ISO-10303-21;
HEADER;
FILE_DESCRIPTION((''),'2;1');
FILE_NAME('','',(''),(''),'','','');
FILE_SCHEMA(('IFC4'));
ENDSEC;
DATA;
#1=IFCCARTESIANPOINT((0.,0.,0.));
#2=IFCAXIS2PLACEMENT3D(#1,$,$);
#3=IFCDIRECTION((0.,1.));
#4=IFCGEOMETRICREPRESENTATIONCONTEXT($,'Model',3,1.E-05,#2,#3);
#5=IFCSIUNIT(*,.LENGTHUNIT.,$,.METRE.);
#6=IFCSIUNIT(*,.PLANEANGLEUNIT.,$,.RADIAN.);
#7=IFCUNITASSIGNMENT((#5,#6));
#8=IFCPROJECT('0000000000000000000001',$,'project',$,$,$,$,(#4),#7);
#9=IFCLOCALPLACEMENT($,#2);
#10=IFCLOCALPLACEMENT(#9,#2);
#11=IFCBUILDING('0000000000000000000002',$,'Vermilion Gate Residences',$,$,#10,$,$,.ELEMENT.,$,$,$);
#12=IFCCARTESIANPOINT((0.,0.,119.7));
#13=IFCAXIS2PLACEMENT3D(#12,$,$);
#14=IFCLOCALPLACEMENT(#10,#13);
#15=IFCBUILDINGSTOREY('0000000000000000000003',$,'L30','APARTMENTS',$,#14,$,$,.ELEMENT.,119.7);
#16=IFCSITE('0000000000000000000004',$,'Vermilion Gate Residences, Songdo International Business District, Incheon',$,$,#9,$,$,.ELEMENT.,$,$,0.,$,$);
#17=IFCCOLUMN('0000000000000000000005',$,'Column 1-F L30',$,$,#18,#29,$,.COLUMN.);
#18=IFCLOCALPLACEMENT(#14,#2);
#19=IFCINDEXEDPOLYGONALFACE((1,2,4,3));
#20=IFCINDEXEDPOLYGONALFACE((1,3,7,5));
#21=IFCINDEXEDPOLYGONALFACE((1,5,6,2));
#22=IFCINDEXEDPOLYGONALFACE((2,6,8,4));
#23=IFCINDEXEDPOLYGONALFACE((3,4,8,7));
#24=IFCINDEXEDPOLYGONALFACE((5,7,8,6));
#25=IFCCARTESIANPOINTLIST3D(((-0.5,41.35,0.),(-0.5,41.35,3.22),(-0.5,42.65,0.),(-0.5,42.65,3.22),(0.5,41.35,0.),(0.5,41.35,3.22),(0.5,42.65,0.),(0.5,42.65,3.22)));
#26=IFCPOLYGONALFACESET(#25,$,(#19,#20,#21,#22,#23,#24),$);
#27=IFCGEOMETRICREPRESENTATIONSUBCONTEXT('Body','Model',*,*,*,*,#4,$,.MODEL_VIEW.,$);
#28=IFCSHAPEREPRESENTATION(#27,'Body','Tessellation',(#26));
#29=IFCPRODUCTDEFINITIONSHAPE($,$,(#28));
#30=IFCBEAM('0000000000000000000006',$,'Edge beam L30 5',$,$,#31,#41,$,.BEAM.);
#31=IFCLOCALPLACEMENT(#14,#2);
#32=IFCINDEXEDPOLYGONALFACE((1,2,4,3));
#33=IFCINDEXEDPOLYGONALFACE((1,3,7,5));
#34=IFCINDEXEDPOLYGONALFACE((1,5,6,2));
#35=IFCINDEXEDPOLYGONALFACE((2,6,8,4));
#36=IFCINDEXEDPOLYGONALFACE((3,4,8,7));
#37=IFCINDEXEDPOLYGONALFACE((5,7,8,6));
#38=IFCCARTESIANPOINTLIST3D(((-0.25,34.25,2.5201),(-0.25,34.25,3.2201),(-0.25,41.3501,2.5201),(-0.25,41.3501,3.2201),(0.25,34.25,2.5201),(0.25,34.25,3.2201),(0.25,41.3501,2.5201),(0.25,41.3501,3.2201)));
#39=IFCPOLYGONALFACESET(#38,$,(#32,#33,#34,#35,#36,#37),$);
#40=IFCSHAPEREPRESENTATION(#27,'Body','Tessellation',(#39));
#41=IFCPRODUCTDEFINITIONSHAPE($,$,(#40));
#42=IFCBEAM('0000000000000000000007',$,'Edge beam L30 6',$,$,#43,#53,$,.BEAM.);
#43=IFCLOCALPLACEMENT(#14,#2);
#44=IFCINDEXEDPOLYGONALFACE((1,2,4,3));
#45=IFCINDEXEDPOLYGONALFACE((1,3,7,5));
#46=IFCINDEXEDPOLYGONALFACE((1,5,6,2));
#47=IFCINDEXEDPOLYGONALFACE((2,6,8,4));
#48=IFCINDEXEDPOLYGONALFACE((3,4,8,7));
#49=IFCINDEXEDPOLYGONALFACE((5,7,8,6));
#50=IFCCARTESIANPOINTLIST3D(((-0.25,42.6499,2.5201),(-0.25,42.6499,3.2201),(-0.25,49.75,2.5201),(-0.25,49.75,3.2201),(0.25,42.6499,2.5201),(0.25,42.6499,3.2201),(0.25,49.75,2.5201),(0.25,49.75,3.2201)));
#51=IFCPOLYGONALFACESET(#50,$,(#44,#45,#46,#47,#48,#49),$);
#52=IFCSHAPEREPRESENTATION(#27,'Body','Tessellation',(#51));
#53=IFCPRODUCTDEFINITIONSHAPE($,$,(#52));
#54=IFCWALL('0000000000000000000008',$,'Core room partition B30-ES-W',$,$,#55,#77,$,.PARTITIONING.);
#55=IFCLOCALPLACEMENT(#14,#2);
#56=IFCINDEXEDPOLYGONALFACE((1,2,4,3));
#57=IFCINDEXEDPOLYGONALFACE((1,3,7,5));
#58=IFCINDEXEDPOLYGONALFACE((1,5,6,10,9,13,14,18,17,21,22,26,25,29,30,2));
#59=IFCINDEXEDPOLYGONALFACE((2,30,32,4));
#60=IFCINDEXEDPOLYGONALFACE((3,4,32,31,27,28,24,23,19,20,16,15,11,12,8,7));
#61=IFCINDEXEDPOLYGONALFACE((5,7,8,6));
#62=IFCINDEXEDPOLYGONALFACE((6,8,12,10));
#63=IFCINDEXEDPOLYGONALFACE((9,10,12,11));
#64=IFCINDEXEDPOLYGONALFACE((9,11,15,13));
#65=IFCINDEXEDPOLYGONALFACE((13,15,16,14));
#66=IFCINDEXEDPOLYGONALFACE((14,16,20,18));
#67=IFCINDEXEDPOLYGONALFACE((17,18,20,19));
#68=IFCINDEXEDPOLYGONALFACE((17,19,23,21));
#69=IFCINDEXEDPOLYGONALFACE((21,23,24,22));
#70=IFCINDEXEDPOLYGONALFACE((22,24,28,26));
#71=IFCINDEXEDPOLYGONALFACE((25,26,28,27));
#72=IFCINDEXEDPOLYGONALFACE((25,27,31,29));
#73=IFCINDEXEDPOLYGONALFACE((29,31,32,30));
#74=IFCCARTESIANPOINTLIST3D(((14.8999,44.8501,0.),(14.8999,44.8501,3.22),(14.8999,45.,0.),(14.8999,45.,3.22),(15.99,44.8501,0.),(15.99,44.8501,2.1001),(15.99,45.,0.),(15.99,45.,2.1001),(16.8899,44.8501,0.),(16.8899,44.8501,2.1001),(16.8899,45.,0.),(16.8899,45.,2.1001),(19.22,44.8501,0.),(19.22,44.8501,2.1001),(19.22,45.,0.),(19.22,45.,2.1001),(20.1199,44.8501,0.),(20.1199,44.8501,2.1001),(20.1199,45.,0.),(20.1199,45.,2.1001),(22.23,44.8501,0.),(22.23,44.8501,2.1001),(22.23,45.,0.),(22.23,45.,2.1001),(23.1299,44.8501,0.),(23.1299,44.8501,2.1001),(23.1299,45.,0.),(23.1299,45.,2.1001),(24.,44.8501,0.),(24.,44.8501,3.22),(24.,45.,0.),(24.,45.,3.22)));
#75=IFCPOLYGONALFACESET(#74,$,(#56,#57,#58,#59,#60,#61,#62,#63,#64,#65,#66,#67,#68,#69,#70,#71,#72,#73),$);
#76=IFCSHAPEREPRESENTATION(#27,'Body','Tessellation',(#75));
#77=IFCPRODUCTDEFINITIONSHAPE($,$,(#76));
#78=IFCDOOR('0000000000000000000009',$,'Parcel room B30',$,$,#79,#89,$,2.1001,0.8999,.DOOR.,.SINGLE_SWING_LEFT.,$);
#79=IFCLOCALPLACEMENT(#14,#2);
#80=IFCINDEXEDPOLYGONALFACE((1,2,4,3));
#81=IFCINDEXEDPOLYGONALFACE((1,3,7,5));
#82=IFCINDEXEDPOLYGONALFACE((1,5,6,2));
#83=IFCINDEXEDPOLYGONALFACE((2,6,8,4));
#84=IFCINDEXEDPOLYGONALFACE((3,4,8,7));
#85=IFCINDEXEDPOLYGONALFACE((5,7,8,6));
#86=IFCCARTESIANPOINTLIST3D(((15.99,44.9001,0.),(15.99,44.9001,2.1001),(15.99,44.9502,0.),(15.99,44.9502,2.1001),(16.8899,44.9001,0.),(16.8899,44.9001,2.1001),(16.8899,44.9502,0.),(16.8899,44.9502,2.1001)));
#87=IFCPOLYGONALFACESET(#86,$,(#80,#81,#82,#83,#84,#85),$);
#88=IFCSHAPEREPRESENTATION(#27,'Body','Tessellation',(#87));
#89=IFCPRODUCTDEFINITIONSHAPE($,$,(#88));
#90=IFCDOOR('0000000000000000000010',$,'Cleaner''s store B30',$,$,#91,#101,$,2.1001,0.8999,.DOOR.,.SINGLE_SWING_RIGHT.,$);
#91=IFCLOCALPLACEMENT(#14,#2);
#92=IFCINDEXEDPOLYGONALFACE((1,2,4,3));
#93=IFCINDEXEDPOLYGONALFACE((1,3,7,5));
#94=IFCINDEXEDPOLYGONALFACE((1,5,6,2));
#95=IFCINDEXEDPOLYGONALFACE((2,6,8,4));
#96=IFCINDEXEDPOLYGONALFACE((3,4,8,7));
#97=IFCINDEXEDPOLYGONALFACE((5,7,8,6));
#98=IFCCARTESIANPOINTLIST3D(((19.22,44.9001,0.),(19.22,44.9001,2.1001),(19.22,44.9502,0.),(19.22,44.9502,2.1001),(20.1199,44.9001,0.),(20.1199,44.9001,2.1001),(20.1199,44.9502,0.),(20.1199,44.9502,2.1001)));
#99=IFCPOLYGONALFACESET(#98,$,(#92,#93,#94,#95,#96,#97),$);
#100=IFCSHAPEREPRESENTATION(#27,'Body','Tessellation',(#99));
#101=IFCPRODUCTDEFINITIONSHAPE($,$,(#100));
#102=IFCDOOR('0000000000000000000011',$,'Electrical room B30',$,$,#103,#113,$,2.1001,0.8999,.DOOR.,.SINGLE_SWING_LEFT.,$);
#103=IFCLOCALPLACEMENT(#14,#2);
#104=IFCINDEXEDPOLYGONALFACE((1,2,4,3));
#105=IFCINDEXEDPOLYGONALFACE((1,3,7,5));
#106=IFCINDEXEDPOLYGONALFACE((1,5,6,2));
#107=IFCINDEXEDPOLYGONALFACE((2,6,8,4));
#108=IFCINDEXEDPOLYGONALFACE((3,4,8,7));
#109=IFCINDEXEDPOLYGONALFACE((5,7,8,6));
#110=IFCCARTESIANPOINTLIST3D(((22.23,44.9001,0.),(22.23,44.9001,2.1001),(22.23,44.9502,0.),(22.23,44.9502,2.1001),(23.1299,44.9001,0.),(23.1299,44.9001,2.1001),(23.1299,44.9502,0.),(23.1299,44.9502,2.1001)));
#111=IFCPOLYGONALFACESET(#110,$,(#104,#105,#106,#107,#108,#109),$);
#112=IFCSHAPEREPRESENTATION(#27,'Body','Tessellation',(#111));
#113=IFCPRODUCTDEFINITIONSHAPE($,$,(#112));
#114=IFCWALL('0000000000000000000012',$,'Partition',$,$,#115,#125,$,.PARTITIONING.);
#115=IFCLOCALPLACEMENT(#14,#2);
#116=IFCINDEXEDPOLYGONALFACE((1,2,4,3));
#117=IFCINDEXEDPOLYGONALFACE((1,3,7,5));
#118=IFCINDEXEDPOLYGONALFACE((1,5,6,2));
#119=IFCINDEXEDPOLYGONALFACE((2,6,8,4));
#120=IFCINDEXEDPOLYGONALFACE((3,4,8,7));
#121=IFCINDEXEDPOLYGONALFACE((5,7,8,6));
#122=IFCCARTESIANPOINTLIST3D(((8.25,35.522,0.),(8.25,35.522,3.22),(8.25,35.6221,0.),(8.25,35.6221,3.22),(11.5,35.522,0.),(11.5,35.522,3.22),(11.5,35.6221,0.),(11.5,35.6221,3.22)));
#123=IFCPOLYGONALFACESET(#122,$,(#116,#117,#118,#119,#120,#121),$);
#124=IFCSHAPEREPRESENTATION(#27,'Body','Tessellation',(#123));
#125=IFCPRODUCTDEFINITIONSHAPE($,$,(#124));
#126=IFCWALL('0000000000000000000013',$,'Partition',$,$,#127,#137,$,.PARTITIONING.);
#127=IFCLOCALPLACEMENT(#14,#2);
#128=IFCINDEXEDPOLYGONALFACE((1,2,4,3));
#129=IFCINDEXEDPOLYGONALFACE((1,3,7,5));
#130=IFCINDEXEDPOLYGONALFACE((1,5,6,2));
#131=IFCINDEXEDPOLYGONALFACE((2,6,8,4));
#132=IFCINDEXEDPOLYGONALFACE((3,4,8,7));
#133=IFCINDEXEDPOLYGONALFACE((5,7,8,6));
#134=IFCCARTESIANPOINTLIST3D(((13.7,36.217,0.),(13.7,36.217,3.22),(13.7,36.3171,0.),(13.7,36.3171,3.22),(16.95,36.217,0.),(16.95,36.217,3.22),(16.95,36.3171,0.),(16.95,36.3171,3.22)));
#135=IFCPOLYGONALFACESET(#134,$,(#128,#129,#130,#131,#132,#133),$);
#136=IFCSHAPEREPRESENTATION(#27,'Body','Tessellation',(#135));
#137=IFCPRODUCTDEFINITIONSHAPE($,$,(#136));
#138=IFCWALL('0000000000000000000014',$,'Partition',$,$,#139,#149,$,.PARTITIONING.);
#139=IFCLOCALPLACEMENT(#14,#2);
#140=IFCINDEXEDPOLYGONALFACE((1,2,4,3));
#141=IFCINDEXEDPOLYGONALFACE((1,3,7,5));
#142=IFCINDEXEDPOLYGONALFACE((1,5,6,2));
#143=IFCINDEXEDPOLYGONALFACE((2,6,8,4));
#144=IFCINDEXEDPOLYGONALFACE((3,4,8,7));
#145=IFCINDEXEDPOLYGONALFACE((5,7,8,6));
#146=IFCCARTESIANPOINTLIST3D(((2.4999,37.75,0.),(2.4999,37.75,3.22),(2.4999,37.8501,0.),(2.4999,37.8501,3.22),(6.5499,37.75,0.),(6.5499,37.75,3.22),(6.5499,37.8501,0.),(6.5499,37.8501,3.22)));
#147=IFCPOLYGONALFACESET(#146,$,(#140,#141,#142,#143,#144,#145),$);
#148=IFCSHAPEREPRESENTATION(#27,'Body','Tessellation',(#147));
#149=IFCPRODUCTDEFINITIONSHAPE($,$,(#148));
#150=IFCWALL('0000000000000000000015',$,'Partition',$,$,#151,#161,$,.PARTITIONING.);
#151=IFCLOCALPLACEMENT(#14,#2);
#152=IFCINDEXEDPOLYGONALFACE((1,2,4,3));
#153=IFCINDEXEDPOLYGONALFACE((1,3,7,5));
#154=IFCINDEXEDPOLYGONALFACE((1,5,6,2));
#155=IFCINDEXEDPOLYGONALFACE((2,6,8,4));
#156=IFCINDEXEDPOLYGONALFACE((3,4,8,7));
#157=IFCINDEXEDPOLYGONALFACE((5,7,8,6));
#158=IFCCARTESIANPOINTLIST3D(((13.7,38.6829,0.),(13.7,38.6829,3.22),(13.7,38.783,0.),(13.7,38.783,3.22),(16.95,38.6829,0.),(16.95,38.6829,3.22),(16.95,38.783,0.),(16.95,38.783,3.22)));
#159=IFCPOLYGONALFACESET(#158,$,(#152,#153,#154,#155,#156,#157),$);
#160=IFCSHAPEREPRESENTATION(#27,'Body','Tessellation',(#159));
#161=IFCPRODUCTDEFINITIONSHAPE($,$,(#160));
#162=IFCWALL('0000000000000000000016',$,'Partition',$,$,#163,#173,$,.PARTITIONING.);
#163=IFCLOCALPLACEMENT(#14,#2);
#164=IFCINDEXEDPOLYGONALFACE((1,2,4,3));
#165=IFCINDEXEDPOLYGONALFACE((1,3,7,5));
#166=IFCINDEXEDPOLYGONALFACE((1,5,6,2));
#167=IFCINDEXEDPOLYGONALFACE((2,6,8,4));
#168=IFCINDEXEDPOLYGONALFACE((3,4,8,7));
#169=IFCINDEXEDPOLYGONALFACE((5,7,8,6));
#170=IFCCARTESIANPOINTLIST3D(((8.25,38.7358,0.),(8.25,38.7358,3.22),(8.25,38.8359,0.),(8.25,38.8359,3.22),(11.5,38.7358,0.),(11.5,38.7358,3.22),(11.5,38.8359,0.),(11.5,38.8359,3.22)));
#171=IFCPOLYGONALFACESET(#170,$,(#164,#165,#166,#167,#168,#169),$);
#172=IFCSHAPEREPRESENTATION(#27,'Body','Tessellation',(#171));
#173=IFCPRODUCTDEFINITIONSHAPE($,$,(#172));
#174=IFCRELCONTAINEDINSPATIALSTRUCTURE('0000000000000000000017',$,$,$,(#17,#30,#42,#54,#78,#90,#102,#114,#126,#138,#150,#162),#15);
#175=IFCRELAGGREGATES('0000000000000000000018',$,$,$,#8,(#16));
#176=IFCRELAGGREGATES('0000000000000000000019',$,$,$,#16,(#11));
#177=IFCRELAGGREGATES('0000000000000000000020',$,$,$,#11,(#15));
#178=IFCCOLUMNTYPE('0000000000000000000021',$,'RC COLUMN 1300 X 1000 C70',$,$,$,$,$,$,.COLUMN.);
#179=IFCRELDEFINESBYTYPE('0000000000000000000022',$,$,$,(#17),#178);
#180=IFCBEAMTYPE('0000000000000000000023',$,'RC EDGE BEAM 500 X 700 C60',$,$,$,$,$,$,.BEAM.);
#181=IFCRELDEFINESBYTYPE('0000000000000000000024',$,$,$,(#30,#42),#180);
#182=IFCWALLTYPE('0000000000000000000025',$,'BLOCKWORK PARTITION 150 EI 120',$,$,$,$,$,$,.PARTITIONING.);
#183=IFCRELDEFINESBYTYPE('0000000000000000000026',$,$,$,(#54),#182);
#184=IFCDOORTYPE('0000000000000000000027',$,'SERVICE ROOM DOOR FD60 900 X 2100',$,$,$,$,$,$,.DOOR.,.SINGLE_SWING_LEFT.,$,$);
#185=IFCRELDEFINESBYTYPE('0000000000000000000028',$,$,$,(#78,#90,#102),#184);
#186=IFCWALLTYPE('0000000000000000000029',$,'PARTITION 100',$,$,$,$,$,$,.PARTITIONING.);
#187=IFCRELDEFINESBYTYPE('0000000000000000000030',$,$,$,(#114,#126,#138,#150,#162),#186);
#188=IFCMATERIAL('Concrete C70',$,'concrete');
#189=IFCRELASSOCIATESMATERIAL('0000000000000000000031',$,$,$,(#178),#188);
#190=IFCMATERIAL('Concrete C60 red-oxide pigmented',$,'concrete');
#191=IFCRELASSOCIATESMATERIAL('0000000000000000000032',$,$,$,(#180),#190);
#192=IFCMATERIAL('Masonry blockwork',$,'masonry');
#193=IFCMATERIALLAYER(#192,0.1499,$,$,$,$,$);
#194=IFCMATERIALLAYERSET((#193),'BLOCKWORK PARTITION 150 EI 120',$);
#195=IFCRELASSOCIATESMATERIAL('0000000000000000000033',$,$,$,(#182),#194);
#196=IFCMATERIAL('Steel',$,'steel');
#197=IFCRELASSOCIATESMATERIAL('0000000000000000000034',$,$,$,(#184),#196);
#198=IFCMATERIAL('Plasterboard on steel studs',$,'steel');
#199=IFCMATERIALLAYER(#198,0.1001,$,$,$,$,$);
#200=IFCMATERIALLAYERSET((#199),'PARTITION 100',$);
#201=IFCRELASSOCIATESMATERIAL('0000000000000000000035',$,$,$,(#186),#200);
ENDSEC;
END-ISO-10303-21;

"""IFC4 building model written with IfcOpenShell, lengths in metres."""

from ifc_helpers import new_model, si_unit, direction, frame, frame_2d, origin, origin_2d, place, context, subcontext, project, spatial, rectangle, extrude, material, layer, layer_set, material_profile, profile_set, type_object, element, fill, save


model = new_model("IFC4")

# Units and contexts
model_context = context("Model", 3, precision=1e-05, world=origin(), true_north=direction((0.0, 1.0)))
body_context = subcontext(model_context, "Body", "Model", "MODEL_VIEW")
ifc_project = project(units=[si_unit("LENGTHUNIT", "METRE"), si_unit("PLANEANGLEUNIT", "RADIAN")], contexts=[model_context])

# Site, building, storey
site_placement = place(None, origin())
site = spatial("IfcSite", under=ifc_project, at=site_placement, Name="Vermilion Gate Residences, Songdo International Business District, Incheon", CompositionType="ELEMENT", RefElevation=0.0)
building_placement = place(site_placement, origin())
building = spatial("IfcBuilding", under=site, at=building_placement, Name="Vermilion Gate Residences", CompositionType="ELEMENT")
storey_placement = place(building_placement, frame((0.0, 0.0, 119.7)))
storey = spatial("IfcBuildingStorey", under=building, at=storey_placement, Name="L30", Description="APARTMENTS", CompositionType="ELEMENT", Elevation=119.7)

# Column
ifc_material_1 = material(Name="Concrete C70", Category="concrete")
ifc_material_profile_1 = material_profile(ifc_material_1, rectangle(XDim=1.3, YDim=1.0, at=origin_2d()), Name="RC-1300x1000")
ifc_profile_set_1 = profile_set([ifc_material_profile_1], Name="Concrete C70")
column_type = type_object("IfcColumnType", Name="RC COLUMN 1300 X 1000 C70", PredefinedType="COLUMN", material=ifc_profile_set_1)
column_placement = place(storey_placement, frame((0.0, 42.0, 0.0), z_axis=(0.0, 0.0, 1.0), x_axis=(0.0, 1.0, 0.0)))
element("IfcColumn", 1, at=column_placement, inside=storey, type_object=column_type, Name="Column 1-F L30", PredefinedType="COLUMN", context=body_context, shape_type="SweptSolid", body=[
    extrude(rectangle(XDim=1.3, YDim=1.0, at=origin_2d()), origin(), (0.0, 0.0, 1.0), 3.22),
])

# Beams
ifc_material_2 = material(Name="Concrete C60 red-oxide pigmented", Category="concrete")
ifc_material_profile_2 = material_profile(ifc_material_2, rectangle(XDim=0.5, YDim=0.7, at=origin_2d()), Name="RC-500x700")
ifc_profile_set_2 = profile_set([ifc_material_profile_2], Name="Concrete C60 red-oxide pigmented")
beam_type = type_object("IfcBeamType", Name="RC EDGE BEAM 500 X 700 C60", PredefinedType="BEAM", material=ifc_profile_set_2)
for number, where, z_axis, x_axis, name in (
    (2, (0.0, 34.25, 2.8701), (0.0, 1.0, 0.0), (-1.0, 0.0, 0.0), "Edge beam L30 5"),
    (3, (0.0, 42.6499, 2.8701), (0.0, 1.0, 0.0), (-1.0, 0.0, 0.0), "Edge beam L30 6"),
):
    element("IfcBeam", number, at=place(storey_placement, frame(where, z_axis=z_axis, x_axis=x_axis)), inside=storey, type_object=beam_type, Name=name, PredefinedType="BEAM", context=body_context, shape_type="SweptSolid", body=[
        extrude(rectangle(XDim=0.5, YDim=0.7, at=origin_2d()), origin(), (0.0, 0.0, 1.0), 7.1001),
    ])

# Wall, openings, doors
ifc_material_3 = material(Name="Masonry blockwork", Category="masonry")
ifc_layer_1 = layer(ifc_material_3, 0.1499)
ifc_layer_set_1 = layer_set([ifc_layer_1], Name="BLOCKWORK PARTITION 150 EI 120")
wall_type_1 = type_object("IfcWallType", Name="BLOCKWORK PARTITION 150 EI 120", PredefinedType="PARTITIONING", material=ifc_layer_set_1)
wall_1_placement = place(storey_placement, frame((14.8999, 44.925, 0.0), z_axis=(0.0, 0.0, 1.0), x_axis=(1.0, 0.0, 0.0)))
wall_1 = element("IfcWall", 4, at=wall_1_placement, inside=storey, type_object=wall_type_1, Name="Core room partition B30-ES-W", PredefinedType="PARTITIONING", context=body_context, shape_type="SweptSolid", body=[
    extrude(rectangle(XDim=9.1001, YDim=0.1499, at=frame_2d((4.55, 0.0))), origin(), (0.0, 0.0, 1.0), 3.22),
])
opening_1_placement = place(wall_1_placement, frame((1.0901, 0.0, 0.0)))
opening_1 = element("IfcOpeningElement", 5, at=opening_1_placement, cuts=wall_1, PredefinedType="OPENING", context=body_context, shape_type="SweptSolid", body=[
    extrude(rectangle(XDim=0.8999, YDim=2.1001, at=frame_2d((0.45, 1.05))), frame((0.0, 0.085, 0.0), z_axis=(0.0, -1.0, 0.0), x_axis=(1.0, 0.0, 0.0)), (0.0, 0.0, 1.0), 0.1699),
])
opening_2_placement = place(wall_1_placement, frame((4.3201, 0.0, 0.0)))
opening_2 = element("IfcOpeningElement", 6, at=opening_2_placement, cuts=wall_1, PredefinedType="OPENING", context=body_context, shape_type="SweptSolid", body=[
    extrude(rectangle(XDim=0.8999, YDim=2.1001, at=frame_2d((0.45, 1.05))), frame((0.0, 0.085, 0.0), z_axis=(0.0, -1.0, 0.0), x_axis=(1.0, 0.0, 0.0)), (0.0, 0.0, 1.0), 0.1699),
])
opening_3_placement = place(wall_1_placement, frame((7.3301, 0.0, 0.0)))
opening_3 = element("IfcOpeningElement", 7, at=opening_3_placement, cuts=wall_1, PredefinedType="OPENING", context=body_context, shape_type="SweptSolid", body=[
    extrude(rectangle(XDim=0.8999, YDim=2.1001, at=frame_2d((0.45, 1.05))), frame((0.0, 0.085, 0.0), z_axis=(0.0, -1.0, 0.0), x_axis=(1.0, 0.0, 0.0)), (0.0, 0.0, 1.0), 0.1699),
])
ifc_material_4 = material(Name="Steel", Category="steel")
door_type_1 = type_object("IfcDoorType", Name="SERVICE ROOM DOOR FD60 900 X 2100", OperationType="SINGLE_SWING_LEFT", PredefinedType="DOOR", material=ifc_material_4)
door_1_placement = place(opening_1_placement, frame((0.8999, 0.0, 0.0), z_axis=(0.0, 0.0, 1.0), x_axis=(-1.0, 0.0, 0.0)))
door_1 = element("IfcDoor", 8, at=door_1_placement, inside=storey, type_object=door_type_1, Name="Parcel room B30", OperationType="SINGLE_SWING_LEFT", OverallHeight=2.1001, OverallWidth=0.8999, PredefinedType="DOOR", context=body_context, shape_type="SweptSolid", body=[
    extrude(rectangle(XDim=0.8999, YDim=2.1001, at=frame_2d((0.45, 1.05))), frame((0.0, 0.0249, 0.0), z_axis=(0.0, -1.0, 0.0), x_axis=(1.0, 0.0, 0.0)), (0.0, 0.0, 1.0), 0.05),
])
fill(opening_1, door_1)
door_2_placement = place(opening_2_placement, frame((0.8999, 0.0, 0.0), z_axis=(0.0, 0.0, 1.0), x_axis=(-1.0, 0.0, 0.0)))
door_2 = element("IfcDoor", 9, at=door_2_placement, inside=storey, type_object=door_type_1, Name="Cleaner's store B30", OperationType="SINGLE_SWING_RIGHT", OverallHeight=2.1001, OverallWidth=0.8999, PredefinedType="DOOR", context=body_context, shape_type="SweptSolid", body=[
    extrude(rectangle(XDim=0.8999, YDim=2.1001, at=frame_2d((0.45, 1.05))), frame((0.0, 0.0249, 0.0), z_axis=(0.0, -1.0, 0.0), x_axis=(1.0, 0.0, 0.0)), (0.0, 0.0, 1.0), 0.05),
])
fill(opening_2, door_2)
door_3_placement = place(opening_3_placement, frame((0.8999, 0.0, 0.0), z_axis=(0.0, 0.0, 1.0), x_axis=(-1.0, 0.0, 0.0)))
door_3 = element("IfcDoor", 10, at=door_3_placement, inside=storey, type_object=door_type_1, Name="Electrical room B30", OperationType="SINGLE_SWING_LEFT", OverallHeight=2.1001, OverallWidth=0.8999, PredefinedType="DOOR", context=body_context, shape_type="SweptSolid", body=[
    extrude(rectangle(XDim=0.8999, YDim=2.1001, at=frame_2d((0.45, 1.05))), frame((0.0, 0.0249, 0.0), z_axis=(0.0, -1.0, 0.0), x_axis=(1.0, 0.0, 0.0)), (0.0, 0.0, 1.0), 0.05),
])
fill(opening_3, door_3)

# Walls
ifc_material_5 = material(Name="Plasterboard on steel studs", Category="steel")
ifc_layer_2 = layer(ifc_material_5, 0.1001)
ifc_layer_set_2 = layer_set([ifc_layer_2], Name="PARTITION 100")
wall_type_2 = type_object("IfcWallType", Name="PARTITION 100", PredefinedType="PARTITIONING", material=ifc_layer_set_2)
for number, where, z_axis, x_axis, name in (
    (11, (8.25, 35.572, 0.0), (0.0, 0.0, 1.0), (1.0, 0.0, 0.0), "Partition"),
    (12, (13.7, 36.2671, 0.0), (0.0, 0.0, 1.0), (1.0, 0.0, 0.0), "Partition"),
):
    element("IfcWall", number, at=place(storey_placement, frame(where, z_axis=z_axis, x_axis=x_axis)), inside=storey, type_object=wall_type_2, Name=name, PredefinedType="PARTITIONING", context=body_context, shape_type="SweptSolid", body=[
        extrude(rectangle(XDim=3.25, YDim=0.1001, at=frame_2d((1.625, 0.0))), origin(), (0.0, 0.0, 1.0), 3.22),
    ])
wall_2_placement = place(storey_placement, frame((2.5, 37.8, 0.0), z_axis=(0.0, 0.0, 1.0), x_axis=(1.0, 0.0, 0.0)))
element("IfcWall", 13, at=wall_2_placement, inside=storey, type_object=wall_type_2, Name="Partition", PredefinedType="PARTITIONING", context=body_context, shape_type="SweptSolid", body=[
    extrude(rectangle(XDim=4.05, YDim=0.1001, at=frame_2d((2.0249, 0.0))), origin(), (0.0, 0.0, 1.0), 3.22),
])
for number, where, z_axis, x_axis, name in (
    (14, (13.7, 38.7329, 0.0), (0.0, 0.0, 1.0), (1.0, 0.0, 0.0), "Partition"),
    (15, (8.25, 38.7859, 0.0), (0.0, 0.0, 1.0), (1.0, 0.0, 0.0), "Partition"),
):
    element("IfcWall", number, at=place(storey_placement, frame(where, z_axis=z_axis, x_axis=x_axis)), inside=storey, type_object=wall_type_2, Name=name, PredefinedType="PARTITIONING", context=body_context, shape_type="SweptSolid", body=[
        extrude(rectangle(XDim=3.25, YDim=0.1001, at=frame_2d((1.625, 0.0))), origin(), (0.0, 0.0, 1.0), 3.22),
    ])

save(model, "model.ifc")
